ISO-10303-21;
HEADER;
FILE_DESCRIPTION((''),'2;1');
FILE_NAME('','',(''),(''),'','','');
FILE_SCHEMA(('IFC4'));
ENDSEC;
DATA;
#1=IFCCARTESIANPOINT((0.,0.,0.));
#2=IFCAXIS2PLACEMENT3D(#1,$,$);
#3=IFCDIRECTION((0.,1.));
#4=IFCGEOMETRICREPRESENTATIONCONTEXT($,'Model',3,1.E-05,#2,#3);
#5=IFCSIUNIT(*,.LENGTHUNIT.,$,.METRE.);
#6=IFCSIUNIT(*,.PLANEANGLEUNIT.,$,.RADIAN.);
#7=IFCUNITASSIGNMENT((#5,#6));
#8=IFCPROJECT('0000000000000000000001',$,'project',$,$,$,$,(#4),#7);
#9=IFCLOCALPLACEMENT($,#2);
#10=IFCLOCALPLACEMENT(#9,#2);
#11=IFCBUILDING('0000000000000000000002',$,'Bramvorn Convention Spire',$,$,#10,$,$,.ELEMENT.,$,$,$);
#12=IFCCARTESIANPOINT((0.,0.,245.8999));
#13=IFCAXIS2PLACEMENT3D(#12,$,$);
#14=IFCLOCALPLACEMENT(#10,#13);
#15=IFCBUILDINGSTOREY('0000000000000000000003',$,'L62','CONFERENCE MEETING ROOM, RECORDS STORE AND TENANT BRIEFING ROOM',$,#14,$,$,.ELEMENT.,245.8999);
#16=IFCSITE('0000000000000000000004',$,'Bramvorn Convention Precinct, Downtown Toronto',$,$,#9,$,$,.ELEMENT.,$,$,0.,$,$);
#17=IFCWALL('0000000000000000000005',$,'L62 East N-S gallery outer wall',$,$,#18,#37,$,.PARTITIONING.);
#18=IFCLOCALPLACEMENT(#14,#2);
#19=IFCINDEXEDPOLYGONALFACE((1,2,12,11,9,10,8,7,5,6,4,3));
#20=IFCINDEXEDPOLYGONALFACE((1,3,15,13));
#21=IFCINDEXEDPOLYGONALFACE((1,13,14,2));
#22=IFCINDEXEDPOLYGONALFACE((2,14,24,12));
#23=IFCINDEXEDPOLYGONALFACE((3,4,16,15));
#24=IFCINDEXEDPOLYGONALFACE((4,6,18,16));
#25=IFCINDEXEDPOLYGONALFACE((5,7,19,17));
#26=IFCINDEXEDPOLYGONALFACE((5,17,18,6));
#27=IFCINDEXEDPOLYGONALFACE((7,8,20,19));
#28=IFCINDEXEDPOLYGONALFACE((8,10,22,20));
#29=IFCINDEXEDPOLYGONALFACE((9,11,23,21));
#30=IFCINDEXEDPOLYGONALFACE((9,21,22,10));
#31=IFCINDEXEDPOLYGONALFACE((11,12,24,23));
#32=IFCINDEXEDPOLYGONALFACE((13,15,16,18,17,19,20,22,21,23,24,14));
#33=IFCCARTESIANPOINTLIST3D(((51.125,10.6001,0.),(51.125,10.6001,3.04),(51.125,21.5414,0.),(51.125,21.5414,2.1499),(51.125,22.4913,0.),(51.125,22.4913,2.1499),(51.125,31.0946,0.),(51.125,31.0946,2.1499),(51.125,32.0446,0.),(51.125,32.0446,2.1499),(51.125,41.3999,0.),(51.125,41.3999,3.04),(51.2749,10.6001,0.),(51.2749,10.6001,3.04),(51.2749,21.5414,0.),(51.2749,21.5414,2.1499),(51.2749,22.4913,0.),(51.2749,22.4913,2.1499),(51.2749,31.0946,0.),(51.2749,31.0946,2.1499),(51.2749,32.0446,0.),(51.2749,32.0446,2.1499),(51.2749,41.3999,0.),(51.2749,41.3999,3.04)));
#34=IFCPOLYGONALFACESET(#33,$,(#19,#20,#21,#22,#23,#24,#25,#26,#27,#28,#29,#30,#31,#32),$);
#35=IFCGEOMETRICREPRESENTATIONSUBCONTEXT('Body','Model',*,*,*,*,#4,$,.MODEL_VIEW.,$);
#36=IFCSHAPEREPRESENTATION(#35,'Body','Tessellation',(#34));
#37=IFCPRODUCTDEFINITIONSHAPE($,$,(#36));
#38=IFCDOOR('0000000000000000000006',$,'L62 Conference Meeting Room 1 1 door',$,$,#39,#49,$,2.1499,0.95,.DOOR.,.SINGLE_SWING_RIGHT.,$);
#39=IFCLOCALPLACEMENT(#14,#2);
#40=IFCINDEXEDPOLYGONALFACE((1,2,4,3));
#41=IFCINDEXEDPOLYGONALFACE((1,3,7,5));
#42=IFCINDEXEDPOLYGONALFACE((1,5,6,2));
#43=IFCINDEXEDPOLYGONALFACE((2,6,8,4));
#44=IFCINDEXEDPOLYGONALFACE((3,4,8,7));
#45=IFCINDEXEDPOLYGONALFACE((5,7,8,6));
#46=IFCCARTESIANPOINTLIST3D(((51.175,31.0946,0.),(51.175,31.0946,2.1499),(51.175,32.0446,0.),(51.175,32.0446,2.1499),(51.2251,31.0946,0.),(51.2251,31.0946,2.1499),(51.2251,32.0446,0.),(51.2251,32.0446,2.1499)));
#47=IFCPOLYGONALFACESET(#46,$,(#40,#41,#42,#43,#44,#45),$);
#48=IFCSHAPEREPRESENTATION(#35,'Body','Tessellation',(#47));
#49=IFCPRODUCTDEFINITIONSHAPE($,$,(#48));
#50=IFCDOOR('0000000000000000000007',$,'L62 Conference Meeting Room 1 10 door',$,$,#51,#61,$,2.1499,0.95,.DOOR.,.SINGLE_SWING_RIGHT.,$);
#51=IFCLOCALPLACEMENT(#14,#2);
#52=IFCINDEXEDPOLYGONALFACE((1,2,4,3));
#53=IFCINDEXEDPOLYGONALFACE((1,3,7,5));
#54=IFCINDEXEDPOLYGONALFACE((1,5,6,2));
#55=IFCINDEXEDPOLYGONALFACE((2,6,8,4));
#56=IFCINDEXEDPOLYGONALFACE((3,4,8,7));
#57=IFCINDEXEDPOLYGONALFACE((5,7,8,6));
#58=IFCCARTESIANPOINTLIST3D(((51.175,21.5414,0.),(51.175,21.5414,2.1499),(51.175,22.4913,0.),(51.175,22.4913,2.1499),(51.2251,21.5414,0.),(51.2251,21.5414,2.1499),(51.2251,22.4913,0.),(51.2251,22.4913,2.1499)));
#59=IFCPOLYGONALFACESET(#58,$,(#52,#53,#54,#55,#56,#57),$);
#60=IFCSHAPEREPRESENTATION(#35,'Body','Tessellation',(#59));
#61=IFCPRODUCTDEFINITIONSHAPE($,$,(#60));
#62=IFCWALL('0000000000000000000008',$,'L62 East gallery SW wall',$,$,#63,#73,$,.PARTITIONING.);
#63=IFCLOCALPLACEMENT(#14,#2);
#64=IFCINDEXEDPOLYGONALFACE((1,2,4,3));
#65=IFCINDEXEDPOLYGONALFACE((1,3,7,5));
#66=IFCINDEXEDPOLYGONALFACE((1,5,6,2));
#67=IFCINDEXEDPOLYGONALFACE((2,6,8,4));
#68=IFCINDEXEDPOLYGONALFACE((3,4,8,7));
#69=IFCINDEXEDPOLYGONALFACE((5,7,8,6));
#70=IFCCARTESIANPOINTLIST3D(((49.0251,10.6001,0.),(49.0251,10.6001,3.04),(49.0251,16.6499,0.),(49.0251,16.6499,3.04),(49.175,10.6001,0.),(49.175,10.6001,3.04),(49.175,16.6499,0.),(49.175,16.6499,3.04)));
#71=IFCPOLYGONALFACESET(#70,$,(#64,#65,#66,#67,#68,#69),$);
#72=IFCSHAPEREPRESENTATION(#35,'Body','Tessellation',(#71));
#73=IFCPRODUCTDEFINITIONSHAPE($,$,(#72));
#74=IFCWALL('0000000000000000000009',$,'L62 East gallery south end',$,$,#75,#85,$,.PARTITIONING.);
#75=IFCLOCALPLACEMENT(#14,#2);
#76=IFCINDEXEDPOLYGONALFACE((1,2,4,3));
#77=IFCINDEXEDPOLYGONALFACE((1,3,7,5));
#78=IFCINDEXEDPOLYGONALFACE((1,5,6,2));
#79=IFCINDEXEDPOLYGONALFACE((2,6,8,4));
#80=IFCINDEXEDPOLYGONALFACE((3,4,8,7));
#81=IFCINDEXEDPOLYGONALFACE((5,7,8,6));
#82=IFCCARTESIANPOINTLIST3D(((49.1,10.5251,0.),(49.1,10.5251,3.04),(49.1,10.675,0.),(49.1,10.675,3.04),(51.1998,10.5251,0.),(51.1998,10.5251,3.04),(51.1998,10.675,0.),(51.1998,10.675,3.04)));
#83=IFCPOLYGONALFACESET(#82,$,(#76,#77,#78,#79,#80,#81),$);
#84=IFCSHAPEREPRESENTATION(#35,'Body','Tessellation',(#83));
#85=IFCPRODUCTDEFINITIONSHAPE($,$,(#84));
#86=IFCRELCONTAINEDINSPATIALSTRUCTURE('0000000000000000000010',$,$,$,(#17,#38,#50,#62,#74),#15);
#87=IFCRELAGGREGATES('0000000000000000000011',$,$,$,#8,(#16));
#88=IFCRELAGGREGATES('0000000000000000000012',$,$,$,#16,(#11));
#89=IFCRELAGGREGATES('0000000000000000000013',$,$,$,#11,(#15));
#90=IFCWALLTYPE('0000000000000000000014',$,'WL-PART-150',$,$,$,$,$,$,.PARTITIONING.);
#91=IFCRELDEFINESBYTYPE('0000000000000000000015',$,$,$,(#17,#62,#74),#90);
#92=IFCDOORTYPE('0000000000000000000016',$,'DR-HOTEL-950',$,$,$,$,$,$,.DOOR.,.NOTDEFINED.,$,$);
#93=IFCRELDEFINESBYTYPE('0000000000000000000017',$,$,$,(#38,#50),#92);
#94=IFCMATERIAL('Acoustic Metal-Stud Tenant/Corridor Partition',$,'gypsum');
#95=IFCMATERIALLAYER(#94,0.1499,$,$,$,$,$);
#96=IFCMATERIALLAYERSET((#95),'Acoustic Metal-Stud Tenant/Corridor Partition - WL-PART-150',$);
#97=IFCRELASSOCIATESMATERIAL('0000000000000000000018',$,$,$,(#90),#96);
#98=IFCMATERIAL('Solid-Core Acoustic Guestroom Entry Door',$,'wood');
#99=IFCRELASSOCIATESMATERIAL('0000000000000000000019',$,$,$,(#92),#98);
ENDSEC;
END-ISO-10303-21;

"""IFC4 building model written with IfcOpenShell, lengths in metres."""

from ifc_helpers import new_model, si_unit, direction, frame, frame_2d, origin, place, context, subcontext, project, spatial, rectangle, extrude, material, layer, layer_set, type_object, element, fill, save


model = new_model("IFC4")

# Units and contexts
model_context = context("Model", 3, precision=1e-05, world=origin(), true_north=direction((0.0, 1.0)))
body_context = subcontext(model_context, "Body", "Model", "MODEL_VIEW")
ifc_project = project(units=[si_unit("LENGTHUNIT", "METRE"), si_unit("PLANEANGLEUNIT", "RADIAN")], contexts=[model_context])

# Site, building, storey
site_placement = place(None, origin())
site = spatial("IfcSite", under=ifc_project, at=site_placement, Name="Bramvorn Convention Precinct, Downtown Toronto", CompositionType="ELEMENT", RefElevation=0.0)
building_placement = place(site_placement, origin())
building = spatial("IfcBuilding", under=site, at=building_placement, Name="Bramvorn Convention Spire", CompositionType="ELEMENT")
storey_placement = place(building_placement, frame((0.0, 0.0, 245.8999)))
storey = spatial("IfcBuildingStorey", under=building, at=storey_placement, Name="L62", Description="CONFERENCE MEETING ROOM, RECORDS STORE AND TENANT BRIEFING ROOM", CompositionType="ELEMENT", Elevation=245.8999)

# Wall, openings, doors
ifc_material_1 = material(Name="Acoustic Metal-Stud Tenant/Corridor Partition", Category="gypsum")
ifc_layer_1 = layer(ifc_material_1, 0.1499)
ifc_layer_set_1 = layer_set([ifc_layer_1], Name="Acoustic Metal-Stud Tenant/Corridor Partition - WL-PART-150")
wall_type_1 = type_object("IfcWallType", Name="WL-PART-150", PredefinedType="PARTITIONING", material=ifc_layer_set_1)
wall_1_placement = place(storey_placement, frame((51.2, 10.6001, 0.0), z_axis=(0.0, 0.0, 1.0), x_axis=(0.0, 1.0, 0.0)))
wall_1 = element("IfcWall", 1, at=wall_1_placement, inside=storey, type_object=wall_type_1, Name="L62 East N-S gallery outer wall", PredefinedType="PARTITIONING", context=body_context, shape_type="SweptSolid", body=[
    extrude(rectangle(XDim=30.7998, YDim=0.1499, at=frame_2d((15.3999, 0.0))), origin(), (0.0, 0.0, 1.0), 3.04),
])
opening_1_placement = place(wall_1_placement, frame((20.4944, 0.0, 0.0)))
opening_1 = element("IfcOpeningElement", 2, at=opening_1_placement, cuts=wall_1, PredefinedType="OPENING", context=body_context, shape_type="SweptSolid", body=[
    extrude(rectangle(XDim=0.95, YDim=2.1499, at=frame_2d((0.4751, 1.075))), frame((0.0, 0.085, 0.0), z_axis=(0.0, -1.0, 0.0), x_axis=(1.0, 0.0, 0.0)), (0.0, 0.0, 1.0), 0.1699),
])
opening_2_placement = place(wall_1_placement, frame((10.9412, 0.0, 0.0)))
opening_2 = element("IfcOpeningElement", 3, at=opening_2_placement, cuts=wall_1, PredefinedType="OPENING", context=body_context, shape_type="SweptSolid", body=[
    extrude(rectangle(XDim=0.95, YDim=2.1499, at=frame_2d((0.4751, 1.075))), frame((0.0, 0.085, 0.0), z_axis=(0.0, -1.0, 0.0), x_axis=(1.0, 0.0, 0.0)), (0.0, 0.0, 1.0), 0.1699),
])
ifc_material_2 = material(Name="Solid-Core Acoustic Guestroom Entry Door", Category="wood")
door_type = type_object("IfcDoorType", Name="DR-HOTEL-950", OperationType="NOTDEFINED", PredefinedType="DOOR", material=ifc_material_2)
door_1_placement = place(opening_1_placement, origin())
door_1 = element("IfcDoor", 4, at=door_1_placement, inside=storey, type_object=door_type, Name="L62 Conference Meeting Room 1 1 door", OperationType="SINGLE_SWING_RIGHT", OverallHeight=2.1499, OverallWidth=0.95, PredefinedType="DOOR", context=body_context, shape_type="SweptSolid", body=[
    extrude(rectangle(XDim=0.95, YDim=2.1499, at=frame_2d((0.4751, 1.075))), frame((0.0, 0.0249, 0.0), z_axis=(0.0, -1.0, 0.0), x_axis=(1.0, 0.0, 0.0)), (0.0, 0.0, 1.0), 0.05),
])
fill(opening_1, door_1)
door_2_placement = place(opening_2_placement, origin())
door_2 = element("IfcDoor", 5, at=door_2_placement, inside=storey, type_object=door_type, Name="L62 Conference Meeting Room 1 10 door", OperationType="SINGLE_SWING_RIGHT", OverallHeight=2.1499, OverallWidth=0.95, PredefinedType="DOOR", context=body_context, shape_type="SweptSolid", body=[
    extrude(rectangle(XDim=0.95, YDim=2.1499, at=frame_2d((0.4751, 1.075))), frame((0.0, 0.0249, 0.0), z_axis=(0.0, -1.0, 0.0), x_axis=(1.0, 0.0, 0.0)), (0.0, 0.0, 1.0), 0.05),
])
fill(opening_2, door_2)

# Walls
wall_2_placement = place(storey_placement, frame((49.1001, 10.6001, 0.0), z_axis=(0.0, 0.0, 1.0), x_axis=(0.0, 1.0, 0.0)))
element("IfcWall", 6, at=wall_2_placement, inside=storey, type_object=wall_type_1, Name="L62 East gallery SW wall", PredefinedType="PARTITIONING", context=body_context, shape_type="SweptSolid", body=[
    extrude(rectangle(XDim=6.0498, YDim=0.1499, at=frame_2d((3.0249, 0.0))), origin(), (0.0, 0.0, 1.0), 3.04),
])
wall_3_placement = place(storey_placement, frame((49.1001, 10.6001, 0.0), z_axis=(0.0, 0.0, 1.0), x_axis=(1.0, 0.0, 0.0)))
element("IfcWall", 7, at=wall_3_placement, inside=storey, type_object=wall_type_1, Name="L62 East gallery south end", PredefinedType="PARTITIONING", context=body_context, shape_type="SweptSolid", body=[
    extrude(rectangle(XDim=2.0999, YDim=0.1499, at=frame_2d((1.0498, 0.0))), origin(), (0.0, 0.0, 1.0), 3.04),
])

save(model, "model.ifc")
